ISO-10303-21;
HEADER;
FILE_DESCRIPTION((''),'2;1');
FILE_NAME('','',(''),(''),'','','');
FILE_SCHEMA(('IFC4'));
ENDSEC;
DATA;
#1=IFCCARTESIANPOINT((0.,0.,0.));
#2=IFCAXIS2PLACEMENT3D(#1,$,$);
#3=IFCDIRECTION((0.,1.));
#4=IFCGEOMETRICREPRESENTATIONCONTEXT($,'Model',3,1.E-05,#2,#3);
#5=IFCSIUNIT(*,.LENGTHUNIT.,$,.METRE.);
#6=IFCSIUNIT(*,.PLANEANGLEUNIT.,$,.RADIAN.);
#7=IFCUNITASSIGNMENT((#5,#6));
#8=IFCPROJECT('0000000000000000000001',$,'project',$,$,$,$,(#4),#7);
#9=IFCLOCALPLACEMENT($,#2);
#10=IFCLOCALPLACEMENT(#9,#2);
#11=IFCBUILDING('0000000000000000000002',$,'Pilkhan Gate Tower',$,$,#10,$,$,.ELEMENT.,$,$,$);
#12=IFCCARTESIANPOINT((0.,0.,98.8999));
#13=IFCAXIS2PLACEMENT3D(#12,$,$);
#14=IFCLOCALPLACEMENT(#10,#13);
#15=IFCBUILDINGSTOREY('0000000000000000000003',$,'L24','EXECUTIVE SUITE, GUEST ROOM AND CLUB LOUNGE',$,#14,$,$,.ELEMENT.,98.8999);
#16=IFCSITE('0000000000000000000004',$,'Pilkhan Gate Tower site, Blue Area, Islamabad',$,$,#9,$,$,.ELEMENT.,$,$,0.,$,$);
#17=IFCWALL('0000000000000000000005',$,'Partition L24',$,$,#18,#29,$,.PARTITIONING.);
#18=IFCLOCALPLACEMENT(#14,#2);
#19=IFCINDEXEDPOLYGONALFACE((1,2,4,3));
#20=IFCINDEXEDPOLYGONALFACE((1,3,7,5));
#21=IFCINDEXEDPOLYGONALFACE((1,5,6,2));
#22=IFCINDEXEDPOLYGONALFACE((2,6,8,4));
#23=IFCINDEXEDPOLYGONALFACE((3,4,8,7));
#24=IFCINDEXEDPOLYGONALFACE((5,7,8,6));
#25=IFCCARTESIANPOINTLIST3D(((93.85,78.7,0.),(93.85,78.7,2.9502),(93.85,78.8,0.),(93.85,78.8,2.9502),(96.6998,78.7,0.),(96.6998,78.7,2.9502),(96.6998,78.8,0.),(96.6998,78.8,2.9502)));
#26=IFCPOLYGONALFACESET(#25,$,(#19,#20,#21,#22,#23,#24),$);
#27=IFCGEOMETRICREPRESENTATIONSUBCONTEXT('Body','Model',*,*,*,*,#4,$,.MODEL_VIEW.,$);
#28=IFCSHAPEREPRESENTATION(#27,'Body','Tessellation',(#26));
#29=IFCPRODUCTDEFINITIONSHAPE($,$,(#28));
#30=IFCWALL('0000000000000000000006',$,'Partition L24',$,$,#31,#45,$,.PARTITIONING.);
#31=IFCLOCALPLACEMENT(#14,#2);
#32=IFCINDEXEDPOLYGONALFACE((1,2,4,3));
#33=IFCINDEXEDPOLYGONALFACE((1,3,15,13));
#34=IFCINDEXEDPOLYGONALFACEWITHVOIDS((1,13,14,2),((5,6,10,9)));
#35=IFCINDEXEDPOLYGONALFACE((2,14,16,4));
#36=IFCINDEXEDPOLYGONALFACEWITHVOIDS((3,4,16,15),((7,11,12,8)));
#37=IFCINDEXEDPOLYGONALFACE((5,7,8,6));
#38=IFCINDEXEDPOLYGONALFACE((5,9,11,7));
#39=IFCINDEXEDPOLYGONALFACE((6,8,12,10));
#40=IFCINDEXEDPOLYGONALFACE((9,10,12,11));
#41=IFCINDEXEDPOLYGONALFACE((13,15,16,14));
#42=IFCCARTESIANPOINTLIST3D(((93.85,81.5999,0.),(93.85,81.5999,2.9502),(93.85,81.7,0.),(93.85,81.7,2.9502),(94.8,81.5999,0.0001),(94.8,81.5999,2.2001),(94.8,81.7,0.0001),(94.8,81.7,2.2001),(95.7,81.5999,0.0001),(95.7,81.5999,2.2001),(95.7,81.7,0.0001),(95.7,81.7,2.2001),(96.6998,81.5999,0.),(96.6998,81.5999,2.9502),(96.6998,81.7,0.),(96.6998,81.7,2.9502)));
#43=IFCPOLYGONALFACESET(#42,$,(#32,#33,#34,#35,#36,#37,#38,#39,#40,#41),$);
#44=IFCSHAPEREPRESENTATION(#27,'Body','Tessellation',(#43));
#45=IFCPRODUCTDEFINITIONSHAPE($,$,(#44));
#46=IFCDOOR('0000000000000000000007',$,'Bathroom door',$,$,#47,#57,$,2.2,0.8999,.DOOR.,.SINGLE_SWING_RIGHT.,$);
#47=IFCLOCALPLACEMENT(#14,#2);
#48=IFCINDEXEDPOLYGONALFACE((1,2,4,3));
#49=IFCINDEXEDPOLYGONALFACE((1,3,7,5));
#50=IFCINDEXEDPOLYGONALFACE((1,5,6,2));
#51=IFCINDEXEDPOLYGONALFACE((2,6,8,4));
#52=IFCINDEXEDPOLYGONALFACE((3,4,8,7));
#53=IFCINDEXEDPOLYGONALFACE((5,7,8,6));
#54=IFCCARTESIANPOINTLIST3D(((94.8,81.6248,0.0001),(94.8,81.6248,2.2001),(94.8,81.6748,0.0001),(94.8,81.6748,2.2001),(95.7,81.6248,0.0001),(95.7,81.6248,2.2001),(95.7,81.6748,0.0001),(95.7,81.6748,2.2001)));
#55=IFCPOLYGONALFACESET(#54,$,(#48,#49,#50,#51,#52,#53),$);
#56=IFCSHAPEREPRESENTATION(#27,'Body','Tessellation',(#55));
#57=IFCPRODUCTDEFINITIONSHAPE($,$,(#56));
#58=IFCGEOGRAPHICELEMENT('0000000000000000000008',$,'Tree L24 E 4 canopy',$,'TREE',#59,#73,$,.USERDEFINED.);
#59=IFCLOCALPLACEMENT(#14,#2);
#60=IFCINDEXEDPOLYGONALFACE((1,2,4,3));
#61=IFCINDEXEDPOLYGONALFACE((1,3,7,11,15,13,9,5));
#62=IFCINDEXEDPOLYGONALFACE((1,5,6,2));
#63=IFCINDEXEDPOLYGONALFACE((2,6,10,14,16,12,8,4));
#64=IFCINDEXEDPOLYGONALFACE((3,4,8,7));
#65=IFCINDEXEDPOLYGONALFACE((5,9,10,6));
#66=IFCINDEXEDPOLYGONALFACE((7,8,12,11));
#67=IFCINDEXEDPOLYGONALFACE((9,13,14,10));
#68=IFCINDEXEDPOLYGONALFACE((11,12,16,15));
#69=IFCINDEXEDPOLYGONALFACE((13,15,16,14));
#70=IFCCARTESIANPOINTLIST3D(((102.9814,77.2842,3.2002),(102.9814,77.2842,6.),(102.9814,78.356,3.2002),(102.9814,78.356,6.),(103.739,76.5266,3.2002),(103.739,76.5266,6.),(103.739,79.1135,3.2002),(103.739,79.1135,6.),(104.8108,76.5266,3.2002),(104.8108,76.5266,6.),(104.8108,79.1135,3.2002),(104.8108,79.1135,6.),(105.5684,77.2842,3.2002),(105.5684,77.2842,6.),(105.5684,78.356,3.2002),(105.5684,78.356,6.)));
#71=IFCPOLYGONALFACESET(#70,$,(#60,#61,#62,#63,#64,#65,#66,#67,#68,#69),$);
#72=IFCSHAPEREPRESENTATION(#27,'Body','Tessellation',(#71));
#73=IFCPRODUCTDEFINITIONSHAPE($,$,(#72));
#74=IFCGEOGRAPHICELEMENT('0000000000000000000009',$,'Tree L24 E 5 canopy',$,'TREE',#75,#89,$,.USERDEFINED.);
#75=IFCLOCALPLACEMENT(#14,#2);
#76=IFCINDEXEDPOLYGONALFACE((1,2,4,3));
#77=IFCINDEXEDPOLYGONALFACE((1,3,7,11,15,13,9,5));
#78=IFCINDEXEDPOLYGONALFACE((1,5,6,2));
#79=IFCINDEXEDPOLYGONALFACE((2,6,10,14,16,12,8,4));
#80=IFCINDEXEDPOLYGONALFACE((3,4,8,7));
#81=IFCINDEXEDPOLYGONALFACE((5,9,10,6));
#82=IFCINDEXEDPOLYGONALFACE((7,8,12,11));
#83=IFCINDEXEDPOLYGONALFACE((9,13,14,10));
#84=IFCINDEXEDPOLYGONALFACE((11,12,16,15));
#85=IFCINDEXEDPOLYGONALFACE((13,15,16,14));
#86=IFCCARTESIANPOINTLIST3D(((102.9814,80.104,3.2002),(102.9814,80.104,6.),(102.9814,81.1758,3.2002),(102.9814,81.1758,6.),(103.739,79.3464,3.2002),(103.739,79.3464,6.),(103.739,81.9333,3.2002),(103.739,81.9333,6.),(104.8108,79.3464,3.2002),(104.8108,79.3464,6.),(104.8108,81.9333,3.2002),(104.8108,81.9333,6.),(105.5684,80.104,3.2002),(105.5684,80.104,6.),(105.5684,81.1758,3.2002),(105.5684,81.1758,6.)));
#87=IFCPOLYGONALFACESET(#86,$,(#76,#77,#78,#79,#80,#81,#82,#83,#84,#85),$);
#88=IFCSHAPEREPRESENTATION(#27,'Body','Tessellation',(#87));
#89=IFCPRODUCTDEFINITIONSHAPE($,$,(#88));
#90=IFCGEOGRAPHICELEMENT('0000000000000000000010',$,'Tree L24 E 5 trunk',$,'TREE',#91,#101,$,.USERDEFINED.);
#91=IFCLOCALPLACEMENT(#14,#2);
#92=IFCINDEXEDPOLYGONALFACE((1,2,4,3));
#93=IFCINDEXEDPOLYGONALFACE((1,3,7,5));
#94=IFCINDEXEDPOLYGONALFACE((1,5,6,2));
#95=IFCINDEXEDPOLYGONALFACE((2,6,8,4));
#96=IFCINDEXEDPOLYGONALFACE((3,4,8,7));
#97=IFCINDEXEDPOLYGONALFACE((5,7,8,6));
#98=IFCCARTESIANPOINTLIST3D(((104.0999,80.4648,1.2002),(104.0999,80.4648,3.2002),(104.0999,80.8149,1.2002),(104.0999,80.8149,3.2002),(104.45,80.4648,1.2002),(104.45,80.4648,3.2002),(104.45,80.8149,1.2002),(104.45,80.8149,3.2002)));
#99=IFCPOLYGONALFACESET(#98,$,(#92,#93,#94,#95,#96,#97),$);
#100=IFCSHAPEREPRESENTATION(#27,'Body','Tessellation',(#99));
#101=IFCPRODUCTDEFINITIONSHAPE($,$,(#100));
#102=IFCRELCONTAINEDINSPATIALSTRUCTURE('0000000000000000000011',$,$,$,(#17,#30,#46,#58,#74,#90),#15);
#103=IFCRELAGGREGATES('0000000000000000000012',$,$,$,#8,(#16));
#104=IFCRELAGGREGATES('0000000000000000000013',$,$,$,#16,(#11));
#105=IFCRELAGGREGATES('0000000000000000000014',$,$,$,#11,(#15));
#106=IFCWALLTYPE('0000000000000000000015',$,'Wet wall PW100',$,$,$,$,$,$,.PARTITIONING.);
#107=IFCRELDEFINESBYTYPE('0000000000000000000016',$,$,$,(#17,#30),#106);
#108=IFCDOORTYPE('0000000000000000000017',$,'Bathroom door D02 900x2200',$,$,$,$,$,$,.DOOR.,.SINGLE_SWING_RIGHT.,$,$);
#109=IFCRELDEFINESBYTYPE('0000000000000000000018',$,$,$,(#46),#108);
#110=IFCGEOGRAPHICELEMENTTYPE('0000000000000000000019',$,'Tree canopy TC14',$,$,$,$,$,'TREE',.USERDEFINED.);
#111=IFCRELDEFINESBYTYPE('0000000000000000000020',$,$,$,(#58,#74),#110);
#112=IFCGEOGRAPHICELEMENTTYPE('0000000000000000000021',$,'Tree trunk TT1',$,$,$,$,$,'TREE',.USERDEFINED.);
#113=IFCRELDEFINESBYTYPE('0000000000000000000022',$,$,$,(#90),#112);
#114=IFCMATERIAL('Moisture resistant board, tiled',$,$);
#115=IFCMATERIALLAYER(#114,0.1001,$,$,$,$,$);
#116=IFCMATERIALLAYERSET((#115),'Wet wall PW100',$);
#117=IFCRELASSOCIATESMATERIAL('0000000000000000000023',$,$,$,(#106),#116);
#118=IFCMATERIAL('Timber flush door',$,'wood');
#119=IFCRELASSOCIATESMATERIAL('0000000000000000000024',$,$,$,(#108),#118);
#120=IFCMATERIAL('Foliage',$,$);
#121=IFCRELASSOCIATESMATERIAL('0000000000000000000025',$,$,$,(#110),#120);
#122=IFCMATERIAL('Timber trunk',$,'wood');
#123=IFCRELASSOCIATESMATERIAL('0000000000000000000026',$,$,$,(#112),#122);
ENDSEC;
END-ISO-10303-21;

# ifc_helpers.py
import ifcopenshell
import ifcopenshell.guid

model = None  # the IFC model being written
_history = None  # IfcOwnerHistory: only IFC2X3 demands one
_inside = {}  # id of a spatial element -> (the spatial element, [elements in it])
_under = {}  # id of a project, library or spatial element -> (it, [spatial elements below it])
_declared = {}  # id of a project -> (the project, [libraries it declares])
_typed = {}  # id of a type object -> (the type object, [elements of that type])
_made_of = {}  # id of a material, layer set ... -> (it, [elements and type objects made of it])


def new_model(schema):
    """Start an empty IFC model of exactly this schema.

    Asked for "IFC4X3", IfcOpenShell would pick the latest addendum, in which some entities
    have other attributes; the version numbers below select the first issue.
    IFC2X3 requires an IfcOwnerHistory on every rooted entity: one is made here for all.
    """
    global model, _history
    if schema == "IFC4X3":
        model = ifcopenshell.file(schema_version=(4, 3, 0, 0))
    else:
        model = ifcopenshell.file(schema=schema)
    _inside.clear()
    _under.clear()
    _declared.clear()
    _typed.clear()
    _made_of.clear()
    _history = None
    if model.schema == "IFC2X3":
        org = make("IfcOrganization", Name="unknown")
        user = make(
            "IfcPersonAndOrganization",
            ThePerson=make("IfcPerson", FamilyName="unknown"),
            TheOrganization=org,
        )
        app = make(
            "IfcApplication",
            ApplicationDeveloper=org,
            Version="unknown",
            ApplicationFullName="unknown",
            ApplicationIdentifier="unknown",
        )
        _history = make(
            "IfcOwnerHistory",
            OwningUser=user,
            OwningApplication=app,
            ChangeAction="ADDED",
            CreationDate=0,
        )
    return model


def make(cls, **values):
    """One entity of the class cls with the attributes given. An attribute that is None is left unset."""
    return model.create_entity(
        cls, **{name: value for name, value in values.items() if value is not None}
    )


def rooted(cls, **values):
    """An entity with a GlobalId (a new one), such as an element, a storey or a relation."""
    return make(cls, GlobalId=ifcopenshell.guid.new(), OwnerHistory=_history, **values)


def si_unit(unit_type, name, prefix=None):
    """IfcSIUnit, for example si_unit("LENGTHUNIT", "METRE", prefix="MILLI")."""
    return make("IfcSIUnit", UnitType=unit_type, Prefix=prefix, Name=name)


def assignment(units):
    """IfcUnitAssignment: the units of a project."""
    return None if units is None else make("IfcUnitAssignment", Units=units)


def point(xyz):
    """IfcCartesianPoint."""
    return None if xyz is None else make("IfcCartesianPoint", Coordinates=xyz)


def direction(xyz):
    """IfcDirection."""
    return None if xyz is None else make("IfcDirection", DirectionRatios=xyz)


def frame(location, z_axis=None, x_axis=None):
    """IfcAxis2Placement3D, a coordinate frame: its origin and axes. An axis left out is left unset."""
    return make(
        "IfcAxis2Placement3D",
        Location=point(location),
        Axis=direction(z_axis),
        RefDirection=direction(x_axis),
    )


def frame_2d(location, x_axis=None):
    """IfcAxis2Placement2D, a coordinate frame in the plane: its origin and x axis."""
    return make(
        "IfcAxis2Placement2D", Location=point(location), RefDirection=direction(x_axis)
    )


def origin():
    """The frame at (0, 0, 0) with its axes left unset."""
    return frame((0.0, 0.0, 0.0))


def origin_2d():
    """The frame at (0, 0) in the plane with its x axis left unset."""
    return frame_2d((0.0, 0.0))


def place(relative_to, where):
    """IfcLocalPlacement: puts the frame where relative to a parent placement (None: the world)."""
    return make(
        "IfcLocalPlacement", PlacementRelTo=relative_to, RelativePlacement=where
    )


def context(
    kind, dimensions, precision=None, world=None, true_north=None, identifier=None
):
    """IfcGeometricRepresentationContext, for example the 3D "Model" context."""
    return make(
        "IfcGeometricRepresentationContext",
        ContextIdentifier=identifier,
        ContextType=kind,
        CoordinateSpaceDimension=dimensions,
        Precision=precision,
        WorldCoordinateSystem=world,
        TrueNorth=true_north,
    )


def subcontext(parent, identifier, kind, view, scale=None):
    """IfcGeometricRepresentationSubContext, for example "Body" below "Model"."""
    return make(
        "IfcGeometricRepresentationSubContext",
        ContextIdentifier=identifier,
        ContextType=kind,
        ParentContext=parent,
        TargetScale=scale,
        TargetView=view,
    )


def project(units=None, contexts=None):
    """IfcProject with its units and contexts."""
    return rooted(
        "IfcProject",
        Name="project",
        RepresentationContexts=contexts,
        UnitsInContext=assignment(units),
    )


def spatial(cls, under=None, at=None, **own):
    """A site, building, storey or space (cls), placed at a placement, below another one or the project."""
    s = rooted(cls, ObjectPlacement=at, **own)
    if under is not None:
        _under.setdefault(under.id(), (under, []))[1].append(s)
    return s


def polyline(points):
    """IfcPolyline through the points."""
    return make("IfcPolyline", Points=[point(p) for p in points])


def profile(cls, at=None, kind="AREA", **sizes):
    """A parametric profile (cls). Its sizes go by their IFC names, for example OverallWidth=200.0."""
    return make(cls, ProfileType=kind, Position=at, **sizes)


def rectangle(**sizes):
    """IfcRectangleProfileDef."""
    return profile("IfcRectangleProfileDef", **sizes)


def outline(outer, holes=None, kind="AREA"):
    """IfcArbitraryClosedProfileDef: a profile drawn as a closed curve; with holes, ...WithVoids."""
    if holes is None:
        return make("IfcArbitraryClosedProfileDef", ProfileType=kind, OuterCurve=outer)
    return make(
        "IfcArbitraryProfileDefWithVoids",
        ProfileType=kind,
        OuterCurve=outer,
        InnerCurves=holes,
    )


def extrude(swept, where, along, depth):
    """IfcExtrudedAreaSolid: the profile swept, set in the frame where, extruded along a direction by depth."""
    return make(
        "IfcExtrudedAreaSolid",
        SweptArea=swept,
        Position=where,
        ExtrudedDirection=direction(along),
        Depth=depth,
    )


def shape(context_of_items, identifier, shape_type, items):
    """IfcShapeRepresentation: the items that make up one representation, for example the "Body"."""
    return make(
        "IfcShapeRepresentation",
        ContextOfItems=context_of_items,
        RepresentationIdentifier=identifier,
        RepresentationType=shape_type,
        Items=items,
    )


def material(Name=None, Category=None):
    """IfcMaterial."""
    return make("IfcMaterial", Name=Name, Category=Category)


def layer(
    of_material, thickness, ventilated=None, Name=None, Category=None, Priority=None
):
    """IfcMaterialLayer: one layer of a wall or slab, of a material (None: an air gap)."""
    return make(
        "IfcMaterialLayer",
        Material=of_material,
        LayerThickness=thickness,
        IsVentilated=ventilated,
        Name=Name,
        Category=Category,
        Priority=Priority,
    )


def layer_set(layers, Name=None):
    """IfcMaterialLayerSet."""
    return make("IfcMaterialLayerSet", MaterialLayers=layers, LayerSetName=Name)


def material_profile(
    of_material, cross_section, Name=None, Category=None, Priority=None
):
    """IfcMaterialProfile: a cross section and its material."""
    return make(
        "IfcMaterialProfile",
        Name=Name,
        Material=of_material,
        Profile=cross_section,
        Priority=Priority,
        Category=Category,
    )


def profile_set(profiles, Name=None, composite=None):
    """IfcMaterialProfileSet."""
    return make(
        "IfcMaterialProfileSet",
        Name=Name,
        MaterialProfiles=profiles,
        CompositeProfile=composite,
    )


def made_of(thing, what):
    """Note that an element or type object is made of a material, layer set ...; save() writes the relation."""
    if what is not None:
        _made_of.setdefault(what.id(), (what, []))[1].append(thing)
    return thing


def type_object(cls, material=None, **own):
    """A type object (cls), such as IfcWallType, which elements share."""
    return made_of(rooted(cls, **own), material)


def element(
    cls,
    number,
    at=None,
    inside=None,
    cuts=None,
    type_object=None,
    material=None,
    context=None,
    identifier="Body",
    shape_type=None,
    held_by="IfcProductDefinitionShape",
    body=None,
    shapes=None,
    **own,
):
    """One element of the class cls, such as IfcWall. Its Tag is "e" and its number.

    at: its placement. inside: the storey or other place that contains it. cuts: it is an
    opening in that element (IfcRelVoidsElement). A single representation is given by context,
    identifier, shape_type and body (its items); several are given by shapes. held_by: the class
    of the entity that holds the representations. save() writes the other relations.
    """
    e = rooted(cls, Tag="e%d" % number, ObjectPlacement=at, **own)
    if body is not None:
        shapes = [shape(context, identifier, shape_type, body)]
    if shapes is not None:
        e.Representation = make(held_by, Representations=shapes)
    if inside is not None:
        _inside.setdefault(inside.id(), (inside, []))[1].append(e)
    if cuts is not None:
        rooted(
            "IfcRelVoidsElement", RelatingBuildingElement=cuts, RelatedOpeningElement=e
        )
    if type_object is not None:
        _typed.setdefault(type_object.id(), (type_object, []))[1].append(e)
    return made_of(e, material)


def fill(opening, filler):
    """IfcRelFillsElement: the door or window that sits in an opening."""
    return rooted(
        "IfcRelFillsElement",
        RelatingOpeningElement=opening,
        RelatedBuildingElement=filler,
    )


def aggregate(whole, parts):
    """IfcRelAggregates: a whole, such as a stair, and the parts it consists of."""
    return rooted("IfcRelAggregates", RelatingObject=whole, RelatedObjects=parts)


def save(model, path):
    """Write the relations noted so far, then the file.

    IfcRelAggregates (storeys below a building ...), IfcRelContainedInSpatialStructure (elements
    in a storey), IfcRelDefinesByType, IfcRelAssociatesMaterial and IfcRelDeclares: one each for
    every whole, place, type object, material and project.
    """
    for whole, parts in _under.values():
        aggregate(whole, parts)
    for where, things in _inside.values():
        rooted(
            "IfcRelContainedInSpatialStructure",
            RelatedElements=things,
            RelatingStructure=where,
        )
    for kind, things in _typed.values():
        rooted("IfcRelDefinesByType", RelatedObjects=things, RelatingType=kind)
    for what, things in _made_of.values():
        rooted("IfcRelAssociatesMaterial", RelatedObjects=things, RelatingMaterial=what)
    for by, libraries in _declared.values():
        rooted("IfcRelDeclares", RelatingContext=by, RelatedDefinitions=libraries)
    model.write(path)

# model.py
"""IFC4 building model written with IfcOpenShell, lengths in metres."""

from ifc_helpers import new_model, si_unit, direction, frame, frame_2d, origin, origin_2d, place, context, subcontext, project, spatial, polyline, rectangle, outline, extrude, material, layer, layer_set, material_profile, profile_set, type_object, element, fill, save


model = new_model("IFC4")

# Units and contexts
model_context = context("Model", 3, precision=1e-05, world=origin(), true_north=direction((0.0, 1.0)))
body_context = subcontext(model_context, "Body", "Model", "MODEL_VIEW")
ifc_project = project(units=[si_unit("LENGTHUNIT", "METRE"), si_unit("PLANEANGLEUNIT", "RADIAN")], contexts=[model_context])

# Site, building, storey
site_placement = place(None, origin())
site = spatial("IfcSite", under=ifc_project, at=site_placement, Name="Pilkhan Gate Tower site, Blue Area, Islamabad", CompositionType="ELEMENT", RefElevation=0.0)
building_placement = place(site_placement, origin())
building = spatial("IfcBuilding", under=site, at=building_placement, Name="Pilkhan Gate Tower", CompositionType="ELEMENT")
storey_placement = place(building_placement, frame((0.0, 0.0, 98.8999)))
storey = spatial("IfcBuildingStorey", under=building, at=storey_placement, Name="L24", Description="EXECUTIVE SUITE, GUEST ROOM AND CLUB LOUNGE", CompositionType="ELEMENT", Elevation=98.8999)

# Wall
ifc_material_1 = material(Name="Moisture resistant board, tiled")
ifc_layer_1 = layer(ifc_material_1, 0.1001)
ifc_layer_set_1 = layer_set([ifc_layer_1], Name="Wet wall PW100")
wall_type_1 = type_object("IfcWallType", Name="Wet wall PW100", PredefinedType="PARTITIONING", material=ifc_layer_set_1)
wall_1_placement = place(storey_placement, frame((93.8501, 78.75, 0.0), z_axis=(0.0, 0.0, 1.0), x_axis=(1.0, 0.0, 0.0)))
element("IfcWall", 1, at=wall_1_placement, inside=storey, type_object=wall_type_1, Name="Partition L24", PredefinedType="PARTITIONING", context=body_context, shape_type="SweptSolid", body=[
    extrude(rectangle(XDim=2.8499, YDim=0.1001, at=frame_2d((1.4248, 0.0))), origin(), (0.0, 0.0, 1.0), 2.9502),
])

# Wall, opening, door
wall_2_placement = place(storey_placement, frame((93.8501, 81.6499, 0.0), z_axis=(0.0, 0.0, 1.0), x_axis=(1.0, 0.0, 0.0)))
wall_2 = element("IfcWall", 2, at=wall_2_placement, inside=storey, type_object=wall_type_1, Name="Partition L24", PredefinedType="PARTITIONING", context=body_context, shape_type="SweptSolid", body=[
    extrude(rectangle(XDim=2.8499, YDim=0.1001, at=frame_2d((1.4248, 0.0))), origin(), (0.0, 0.0, 1.0), 2.9502),
])
opening_placement = place(wall_2_placement, frame((0.95, 0.0, 0.0)))
opening = element("IfcOpeningElement", 3, at=opening_placement, cuts=wall_2, PredefinedType="OPENING", context=body_context, shape_type="SweptSolid", body=[
    extrude(rectangle(XDim=0.8999, YDim=2.2, at=frame_2d((0.45, 1.1001))), frame((0.0, 0.0601, 0.0), z_axis=(0.0, -1.0, 0.0), x_axis=(1.0, 0.0, 0.0)), (0.0, 0.0, 1.0), 0.1201),
])
ifc_material_2 = material(Name="Timber flush door", Category="wood")
door_type = type_object("IfcDoorType", Name="Bathroom door D02 900x2200", OperationType="SINGLE_SWING_RIGHT", PredefinedType="DOOR", material=ifc_material_2)
door_placement = place(opening_placement, origin())
door = element("IfcDoor", 4, at=door_placement, inside=storey, type_object=door_type, Name="Bathroom door", OperationType="SINGLE_SWING_RIGHT", OverallHeight=2.2, OverallWidth=0.8999, PredefinedType="DOOR", context=body_context, shape_type="SweptSolid", body=[
    extrude(rectangle(XDim=0.8999, YDim=2.2, at=frame_2d((0.45, 1.1001))), frame((0.0, 0.0249, 0.0), z_axis=(0.0, -1.0, 0.0), x_axis=(1.0, 0.0, 0.0)), (0.0, 0.0, 1.0), 0.05),
])
fill(opening, door)

# Geographic elements
ifc_material_3 = material(Name="Foliage")
ifc_material_profile_1 = material_profile(ifc_material_3, outline(polyline([(1.2935, 0.5359), (0.5359, 1.2935), (-0.5359, 1.2935), (-1.2935, 0.5359), (-1.2935, -0.5359), (-0.5359, -1.2935), (0.5359, -1.2935), (1.2935, -0.5359), (1.2935, 0.5359)])), Name="Canopy D2.8")
ifc_profile_set_1 = profile_set([ifc_material_profile_1], Name="Foliage")
geographic_element_type_1 = type_object("IfcGeographicElementType", Name="Tree canopy TC14", ElementType="TREE", PredefinedType="USERDEFINED", material=ifc_profile_set_1)
for number, where, z_axis, x_axis, name in (
    (5, (104.2749, 77.8201, 3.2002), (0.0, 0.0, 1.0), (1.0, 0.0, 0.0), "Tree L24 E 4 canopy"),
    (6, (104.2749, 80.6399, 3.2002), (0.0, 0.0, 1.0), (1.0, 0.0, 0.0), "Tree L24 E 5 canopy"),
):
    element("IfcGeographicElement", number, at=place(storey_placement, frame(where, z_axis=z_axis, x_axis=x_axis)), inside=storey, type_object=geographic_element_type_1, Name=name, ObjectType="TREE", PredefinedType="USERDEFINED", context=body_context, shape_type="SweptSolid", body=[
        extrude(outline(polyline([(1.2935, 0.5359), (0.5359, 1.2935), (-0.5359, 1.2935), (-1.2935, 0.5359), (-1.2935, -0.5359), (-0.5359, -1.2935), (0.5359, -1.2935), (1.2935, -0.5359), (1.2935, 0.5359)])), origin(), (0.0, 0.0, 1.0), 2.7998),
    ])
ifc_material_4 = material(Name="Timber trunk", Category="wood")
geographic_element_type_2 = type_object("IfcGeographicElementType", Name="Tree trunk TT1", ElementType="TREE", PredefinedType="USERDEFINED", material=ifc_material_4)
geographic_element_placement = place(storey_placement, frame((104.2749, 80.6399, 1.2002), z_axis=(0.0, 0.0, 1.0), x_axis=(1.0, 0.0, 0.0)))
element("IfcGeographicElement", 7, at=geographic_element_placement, inside=storey, type_object=geographic_element_type_2, Name="Tree L24 E 5 trunk", ObjectType="TREE", PredefinedType="USERDEFINED", context=body_context, shape_type="SweptSolid", body=[
    extrude(rectangle(XDim=0.3501, YDim=0.3501, at=origin_2d()), origin(), (0.0, 0.0, 1.0), 2.0),
])

save(model, "model.ifc")
